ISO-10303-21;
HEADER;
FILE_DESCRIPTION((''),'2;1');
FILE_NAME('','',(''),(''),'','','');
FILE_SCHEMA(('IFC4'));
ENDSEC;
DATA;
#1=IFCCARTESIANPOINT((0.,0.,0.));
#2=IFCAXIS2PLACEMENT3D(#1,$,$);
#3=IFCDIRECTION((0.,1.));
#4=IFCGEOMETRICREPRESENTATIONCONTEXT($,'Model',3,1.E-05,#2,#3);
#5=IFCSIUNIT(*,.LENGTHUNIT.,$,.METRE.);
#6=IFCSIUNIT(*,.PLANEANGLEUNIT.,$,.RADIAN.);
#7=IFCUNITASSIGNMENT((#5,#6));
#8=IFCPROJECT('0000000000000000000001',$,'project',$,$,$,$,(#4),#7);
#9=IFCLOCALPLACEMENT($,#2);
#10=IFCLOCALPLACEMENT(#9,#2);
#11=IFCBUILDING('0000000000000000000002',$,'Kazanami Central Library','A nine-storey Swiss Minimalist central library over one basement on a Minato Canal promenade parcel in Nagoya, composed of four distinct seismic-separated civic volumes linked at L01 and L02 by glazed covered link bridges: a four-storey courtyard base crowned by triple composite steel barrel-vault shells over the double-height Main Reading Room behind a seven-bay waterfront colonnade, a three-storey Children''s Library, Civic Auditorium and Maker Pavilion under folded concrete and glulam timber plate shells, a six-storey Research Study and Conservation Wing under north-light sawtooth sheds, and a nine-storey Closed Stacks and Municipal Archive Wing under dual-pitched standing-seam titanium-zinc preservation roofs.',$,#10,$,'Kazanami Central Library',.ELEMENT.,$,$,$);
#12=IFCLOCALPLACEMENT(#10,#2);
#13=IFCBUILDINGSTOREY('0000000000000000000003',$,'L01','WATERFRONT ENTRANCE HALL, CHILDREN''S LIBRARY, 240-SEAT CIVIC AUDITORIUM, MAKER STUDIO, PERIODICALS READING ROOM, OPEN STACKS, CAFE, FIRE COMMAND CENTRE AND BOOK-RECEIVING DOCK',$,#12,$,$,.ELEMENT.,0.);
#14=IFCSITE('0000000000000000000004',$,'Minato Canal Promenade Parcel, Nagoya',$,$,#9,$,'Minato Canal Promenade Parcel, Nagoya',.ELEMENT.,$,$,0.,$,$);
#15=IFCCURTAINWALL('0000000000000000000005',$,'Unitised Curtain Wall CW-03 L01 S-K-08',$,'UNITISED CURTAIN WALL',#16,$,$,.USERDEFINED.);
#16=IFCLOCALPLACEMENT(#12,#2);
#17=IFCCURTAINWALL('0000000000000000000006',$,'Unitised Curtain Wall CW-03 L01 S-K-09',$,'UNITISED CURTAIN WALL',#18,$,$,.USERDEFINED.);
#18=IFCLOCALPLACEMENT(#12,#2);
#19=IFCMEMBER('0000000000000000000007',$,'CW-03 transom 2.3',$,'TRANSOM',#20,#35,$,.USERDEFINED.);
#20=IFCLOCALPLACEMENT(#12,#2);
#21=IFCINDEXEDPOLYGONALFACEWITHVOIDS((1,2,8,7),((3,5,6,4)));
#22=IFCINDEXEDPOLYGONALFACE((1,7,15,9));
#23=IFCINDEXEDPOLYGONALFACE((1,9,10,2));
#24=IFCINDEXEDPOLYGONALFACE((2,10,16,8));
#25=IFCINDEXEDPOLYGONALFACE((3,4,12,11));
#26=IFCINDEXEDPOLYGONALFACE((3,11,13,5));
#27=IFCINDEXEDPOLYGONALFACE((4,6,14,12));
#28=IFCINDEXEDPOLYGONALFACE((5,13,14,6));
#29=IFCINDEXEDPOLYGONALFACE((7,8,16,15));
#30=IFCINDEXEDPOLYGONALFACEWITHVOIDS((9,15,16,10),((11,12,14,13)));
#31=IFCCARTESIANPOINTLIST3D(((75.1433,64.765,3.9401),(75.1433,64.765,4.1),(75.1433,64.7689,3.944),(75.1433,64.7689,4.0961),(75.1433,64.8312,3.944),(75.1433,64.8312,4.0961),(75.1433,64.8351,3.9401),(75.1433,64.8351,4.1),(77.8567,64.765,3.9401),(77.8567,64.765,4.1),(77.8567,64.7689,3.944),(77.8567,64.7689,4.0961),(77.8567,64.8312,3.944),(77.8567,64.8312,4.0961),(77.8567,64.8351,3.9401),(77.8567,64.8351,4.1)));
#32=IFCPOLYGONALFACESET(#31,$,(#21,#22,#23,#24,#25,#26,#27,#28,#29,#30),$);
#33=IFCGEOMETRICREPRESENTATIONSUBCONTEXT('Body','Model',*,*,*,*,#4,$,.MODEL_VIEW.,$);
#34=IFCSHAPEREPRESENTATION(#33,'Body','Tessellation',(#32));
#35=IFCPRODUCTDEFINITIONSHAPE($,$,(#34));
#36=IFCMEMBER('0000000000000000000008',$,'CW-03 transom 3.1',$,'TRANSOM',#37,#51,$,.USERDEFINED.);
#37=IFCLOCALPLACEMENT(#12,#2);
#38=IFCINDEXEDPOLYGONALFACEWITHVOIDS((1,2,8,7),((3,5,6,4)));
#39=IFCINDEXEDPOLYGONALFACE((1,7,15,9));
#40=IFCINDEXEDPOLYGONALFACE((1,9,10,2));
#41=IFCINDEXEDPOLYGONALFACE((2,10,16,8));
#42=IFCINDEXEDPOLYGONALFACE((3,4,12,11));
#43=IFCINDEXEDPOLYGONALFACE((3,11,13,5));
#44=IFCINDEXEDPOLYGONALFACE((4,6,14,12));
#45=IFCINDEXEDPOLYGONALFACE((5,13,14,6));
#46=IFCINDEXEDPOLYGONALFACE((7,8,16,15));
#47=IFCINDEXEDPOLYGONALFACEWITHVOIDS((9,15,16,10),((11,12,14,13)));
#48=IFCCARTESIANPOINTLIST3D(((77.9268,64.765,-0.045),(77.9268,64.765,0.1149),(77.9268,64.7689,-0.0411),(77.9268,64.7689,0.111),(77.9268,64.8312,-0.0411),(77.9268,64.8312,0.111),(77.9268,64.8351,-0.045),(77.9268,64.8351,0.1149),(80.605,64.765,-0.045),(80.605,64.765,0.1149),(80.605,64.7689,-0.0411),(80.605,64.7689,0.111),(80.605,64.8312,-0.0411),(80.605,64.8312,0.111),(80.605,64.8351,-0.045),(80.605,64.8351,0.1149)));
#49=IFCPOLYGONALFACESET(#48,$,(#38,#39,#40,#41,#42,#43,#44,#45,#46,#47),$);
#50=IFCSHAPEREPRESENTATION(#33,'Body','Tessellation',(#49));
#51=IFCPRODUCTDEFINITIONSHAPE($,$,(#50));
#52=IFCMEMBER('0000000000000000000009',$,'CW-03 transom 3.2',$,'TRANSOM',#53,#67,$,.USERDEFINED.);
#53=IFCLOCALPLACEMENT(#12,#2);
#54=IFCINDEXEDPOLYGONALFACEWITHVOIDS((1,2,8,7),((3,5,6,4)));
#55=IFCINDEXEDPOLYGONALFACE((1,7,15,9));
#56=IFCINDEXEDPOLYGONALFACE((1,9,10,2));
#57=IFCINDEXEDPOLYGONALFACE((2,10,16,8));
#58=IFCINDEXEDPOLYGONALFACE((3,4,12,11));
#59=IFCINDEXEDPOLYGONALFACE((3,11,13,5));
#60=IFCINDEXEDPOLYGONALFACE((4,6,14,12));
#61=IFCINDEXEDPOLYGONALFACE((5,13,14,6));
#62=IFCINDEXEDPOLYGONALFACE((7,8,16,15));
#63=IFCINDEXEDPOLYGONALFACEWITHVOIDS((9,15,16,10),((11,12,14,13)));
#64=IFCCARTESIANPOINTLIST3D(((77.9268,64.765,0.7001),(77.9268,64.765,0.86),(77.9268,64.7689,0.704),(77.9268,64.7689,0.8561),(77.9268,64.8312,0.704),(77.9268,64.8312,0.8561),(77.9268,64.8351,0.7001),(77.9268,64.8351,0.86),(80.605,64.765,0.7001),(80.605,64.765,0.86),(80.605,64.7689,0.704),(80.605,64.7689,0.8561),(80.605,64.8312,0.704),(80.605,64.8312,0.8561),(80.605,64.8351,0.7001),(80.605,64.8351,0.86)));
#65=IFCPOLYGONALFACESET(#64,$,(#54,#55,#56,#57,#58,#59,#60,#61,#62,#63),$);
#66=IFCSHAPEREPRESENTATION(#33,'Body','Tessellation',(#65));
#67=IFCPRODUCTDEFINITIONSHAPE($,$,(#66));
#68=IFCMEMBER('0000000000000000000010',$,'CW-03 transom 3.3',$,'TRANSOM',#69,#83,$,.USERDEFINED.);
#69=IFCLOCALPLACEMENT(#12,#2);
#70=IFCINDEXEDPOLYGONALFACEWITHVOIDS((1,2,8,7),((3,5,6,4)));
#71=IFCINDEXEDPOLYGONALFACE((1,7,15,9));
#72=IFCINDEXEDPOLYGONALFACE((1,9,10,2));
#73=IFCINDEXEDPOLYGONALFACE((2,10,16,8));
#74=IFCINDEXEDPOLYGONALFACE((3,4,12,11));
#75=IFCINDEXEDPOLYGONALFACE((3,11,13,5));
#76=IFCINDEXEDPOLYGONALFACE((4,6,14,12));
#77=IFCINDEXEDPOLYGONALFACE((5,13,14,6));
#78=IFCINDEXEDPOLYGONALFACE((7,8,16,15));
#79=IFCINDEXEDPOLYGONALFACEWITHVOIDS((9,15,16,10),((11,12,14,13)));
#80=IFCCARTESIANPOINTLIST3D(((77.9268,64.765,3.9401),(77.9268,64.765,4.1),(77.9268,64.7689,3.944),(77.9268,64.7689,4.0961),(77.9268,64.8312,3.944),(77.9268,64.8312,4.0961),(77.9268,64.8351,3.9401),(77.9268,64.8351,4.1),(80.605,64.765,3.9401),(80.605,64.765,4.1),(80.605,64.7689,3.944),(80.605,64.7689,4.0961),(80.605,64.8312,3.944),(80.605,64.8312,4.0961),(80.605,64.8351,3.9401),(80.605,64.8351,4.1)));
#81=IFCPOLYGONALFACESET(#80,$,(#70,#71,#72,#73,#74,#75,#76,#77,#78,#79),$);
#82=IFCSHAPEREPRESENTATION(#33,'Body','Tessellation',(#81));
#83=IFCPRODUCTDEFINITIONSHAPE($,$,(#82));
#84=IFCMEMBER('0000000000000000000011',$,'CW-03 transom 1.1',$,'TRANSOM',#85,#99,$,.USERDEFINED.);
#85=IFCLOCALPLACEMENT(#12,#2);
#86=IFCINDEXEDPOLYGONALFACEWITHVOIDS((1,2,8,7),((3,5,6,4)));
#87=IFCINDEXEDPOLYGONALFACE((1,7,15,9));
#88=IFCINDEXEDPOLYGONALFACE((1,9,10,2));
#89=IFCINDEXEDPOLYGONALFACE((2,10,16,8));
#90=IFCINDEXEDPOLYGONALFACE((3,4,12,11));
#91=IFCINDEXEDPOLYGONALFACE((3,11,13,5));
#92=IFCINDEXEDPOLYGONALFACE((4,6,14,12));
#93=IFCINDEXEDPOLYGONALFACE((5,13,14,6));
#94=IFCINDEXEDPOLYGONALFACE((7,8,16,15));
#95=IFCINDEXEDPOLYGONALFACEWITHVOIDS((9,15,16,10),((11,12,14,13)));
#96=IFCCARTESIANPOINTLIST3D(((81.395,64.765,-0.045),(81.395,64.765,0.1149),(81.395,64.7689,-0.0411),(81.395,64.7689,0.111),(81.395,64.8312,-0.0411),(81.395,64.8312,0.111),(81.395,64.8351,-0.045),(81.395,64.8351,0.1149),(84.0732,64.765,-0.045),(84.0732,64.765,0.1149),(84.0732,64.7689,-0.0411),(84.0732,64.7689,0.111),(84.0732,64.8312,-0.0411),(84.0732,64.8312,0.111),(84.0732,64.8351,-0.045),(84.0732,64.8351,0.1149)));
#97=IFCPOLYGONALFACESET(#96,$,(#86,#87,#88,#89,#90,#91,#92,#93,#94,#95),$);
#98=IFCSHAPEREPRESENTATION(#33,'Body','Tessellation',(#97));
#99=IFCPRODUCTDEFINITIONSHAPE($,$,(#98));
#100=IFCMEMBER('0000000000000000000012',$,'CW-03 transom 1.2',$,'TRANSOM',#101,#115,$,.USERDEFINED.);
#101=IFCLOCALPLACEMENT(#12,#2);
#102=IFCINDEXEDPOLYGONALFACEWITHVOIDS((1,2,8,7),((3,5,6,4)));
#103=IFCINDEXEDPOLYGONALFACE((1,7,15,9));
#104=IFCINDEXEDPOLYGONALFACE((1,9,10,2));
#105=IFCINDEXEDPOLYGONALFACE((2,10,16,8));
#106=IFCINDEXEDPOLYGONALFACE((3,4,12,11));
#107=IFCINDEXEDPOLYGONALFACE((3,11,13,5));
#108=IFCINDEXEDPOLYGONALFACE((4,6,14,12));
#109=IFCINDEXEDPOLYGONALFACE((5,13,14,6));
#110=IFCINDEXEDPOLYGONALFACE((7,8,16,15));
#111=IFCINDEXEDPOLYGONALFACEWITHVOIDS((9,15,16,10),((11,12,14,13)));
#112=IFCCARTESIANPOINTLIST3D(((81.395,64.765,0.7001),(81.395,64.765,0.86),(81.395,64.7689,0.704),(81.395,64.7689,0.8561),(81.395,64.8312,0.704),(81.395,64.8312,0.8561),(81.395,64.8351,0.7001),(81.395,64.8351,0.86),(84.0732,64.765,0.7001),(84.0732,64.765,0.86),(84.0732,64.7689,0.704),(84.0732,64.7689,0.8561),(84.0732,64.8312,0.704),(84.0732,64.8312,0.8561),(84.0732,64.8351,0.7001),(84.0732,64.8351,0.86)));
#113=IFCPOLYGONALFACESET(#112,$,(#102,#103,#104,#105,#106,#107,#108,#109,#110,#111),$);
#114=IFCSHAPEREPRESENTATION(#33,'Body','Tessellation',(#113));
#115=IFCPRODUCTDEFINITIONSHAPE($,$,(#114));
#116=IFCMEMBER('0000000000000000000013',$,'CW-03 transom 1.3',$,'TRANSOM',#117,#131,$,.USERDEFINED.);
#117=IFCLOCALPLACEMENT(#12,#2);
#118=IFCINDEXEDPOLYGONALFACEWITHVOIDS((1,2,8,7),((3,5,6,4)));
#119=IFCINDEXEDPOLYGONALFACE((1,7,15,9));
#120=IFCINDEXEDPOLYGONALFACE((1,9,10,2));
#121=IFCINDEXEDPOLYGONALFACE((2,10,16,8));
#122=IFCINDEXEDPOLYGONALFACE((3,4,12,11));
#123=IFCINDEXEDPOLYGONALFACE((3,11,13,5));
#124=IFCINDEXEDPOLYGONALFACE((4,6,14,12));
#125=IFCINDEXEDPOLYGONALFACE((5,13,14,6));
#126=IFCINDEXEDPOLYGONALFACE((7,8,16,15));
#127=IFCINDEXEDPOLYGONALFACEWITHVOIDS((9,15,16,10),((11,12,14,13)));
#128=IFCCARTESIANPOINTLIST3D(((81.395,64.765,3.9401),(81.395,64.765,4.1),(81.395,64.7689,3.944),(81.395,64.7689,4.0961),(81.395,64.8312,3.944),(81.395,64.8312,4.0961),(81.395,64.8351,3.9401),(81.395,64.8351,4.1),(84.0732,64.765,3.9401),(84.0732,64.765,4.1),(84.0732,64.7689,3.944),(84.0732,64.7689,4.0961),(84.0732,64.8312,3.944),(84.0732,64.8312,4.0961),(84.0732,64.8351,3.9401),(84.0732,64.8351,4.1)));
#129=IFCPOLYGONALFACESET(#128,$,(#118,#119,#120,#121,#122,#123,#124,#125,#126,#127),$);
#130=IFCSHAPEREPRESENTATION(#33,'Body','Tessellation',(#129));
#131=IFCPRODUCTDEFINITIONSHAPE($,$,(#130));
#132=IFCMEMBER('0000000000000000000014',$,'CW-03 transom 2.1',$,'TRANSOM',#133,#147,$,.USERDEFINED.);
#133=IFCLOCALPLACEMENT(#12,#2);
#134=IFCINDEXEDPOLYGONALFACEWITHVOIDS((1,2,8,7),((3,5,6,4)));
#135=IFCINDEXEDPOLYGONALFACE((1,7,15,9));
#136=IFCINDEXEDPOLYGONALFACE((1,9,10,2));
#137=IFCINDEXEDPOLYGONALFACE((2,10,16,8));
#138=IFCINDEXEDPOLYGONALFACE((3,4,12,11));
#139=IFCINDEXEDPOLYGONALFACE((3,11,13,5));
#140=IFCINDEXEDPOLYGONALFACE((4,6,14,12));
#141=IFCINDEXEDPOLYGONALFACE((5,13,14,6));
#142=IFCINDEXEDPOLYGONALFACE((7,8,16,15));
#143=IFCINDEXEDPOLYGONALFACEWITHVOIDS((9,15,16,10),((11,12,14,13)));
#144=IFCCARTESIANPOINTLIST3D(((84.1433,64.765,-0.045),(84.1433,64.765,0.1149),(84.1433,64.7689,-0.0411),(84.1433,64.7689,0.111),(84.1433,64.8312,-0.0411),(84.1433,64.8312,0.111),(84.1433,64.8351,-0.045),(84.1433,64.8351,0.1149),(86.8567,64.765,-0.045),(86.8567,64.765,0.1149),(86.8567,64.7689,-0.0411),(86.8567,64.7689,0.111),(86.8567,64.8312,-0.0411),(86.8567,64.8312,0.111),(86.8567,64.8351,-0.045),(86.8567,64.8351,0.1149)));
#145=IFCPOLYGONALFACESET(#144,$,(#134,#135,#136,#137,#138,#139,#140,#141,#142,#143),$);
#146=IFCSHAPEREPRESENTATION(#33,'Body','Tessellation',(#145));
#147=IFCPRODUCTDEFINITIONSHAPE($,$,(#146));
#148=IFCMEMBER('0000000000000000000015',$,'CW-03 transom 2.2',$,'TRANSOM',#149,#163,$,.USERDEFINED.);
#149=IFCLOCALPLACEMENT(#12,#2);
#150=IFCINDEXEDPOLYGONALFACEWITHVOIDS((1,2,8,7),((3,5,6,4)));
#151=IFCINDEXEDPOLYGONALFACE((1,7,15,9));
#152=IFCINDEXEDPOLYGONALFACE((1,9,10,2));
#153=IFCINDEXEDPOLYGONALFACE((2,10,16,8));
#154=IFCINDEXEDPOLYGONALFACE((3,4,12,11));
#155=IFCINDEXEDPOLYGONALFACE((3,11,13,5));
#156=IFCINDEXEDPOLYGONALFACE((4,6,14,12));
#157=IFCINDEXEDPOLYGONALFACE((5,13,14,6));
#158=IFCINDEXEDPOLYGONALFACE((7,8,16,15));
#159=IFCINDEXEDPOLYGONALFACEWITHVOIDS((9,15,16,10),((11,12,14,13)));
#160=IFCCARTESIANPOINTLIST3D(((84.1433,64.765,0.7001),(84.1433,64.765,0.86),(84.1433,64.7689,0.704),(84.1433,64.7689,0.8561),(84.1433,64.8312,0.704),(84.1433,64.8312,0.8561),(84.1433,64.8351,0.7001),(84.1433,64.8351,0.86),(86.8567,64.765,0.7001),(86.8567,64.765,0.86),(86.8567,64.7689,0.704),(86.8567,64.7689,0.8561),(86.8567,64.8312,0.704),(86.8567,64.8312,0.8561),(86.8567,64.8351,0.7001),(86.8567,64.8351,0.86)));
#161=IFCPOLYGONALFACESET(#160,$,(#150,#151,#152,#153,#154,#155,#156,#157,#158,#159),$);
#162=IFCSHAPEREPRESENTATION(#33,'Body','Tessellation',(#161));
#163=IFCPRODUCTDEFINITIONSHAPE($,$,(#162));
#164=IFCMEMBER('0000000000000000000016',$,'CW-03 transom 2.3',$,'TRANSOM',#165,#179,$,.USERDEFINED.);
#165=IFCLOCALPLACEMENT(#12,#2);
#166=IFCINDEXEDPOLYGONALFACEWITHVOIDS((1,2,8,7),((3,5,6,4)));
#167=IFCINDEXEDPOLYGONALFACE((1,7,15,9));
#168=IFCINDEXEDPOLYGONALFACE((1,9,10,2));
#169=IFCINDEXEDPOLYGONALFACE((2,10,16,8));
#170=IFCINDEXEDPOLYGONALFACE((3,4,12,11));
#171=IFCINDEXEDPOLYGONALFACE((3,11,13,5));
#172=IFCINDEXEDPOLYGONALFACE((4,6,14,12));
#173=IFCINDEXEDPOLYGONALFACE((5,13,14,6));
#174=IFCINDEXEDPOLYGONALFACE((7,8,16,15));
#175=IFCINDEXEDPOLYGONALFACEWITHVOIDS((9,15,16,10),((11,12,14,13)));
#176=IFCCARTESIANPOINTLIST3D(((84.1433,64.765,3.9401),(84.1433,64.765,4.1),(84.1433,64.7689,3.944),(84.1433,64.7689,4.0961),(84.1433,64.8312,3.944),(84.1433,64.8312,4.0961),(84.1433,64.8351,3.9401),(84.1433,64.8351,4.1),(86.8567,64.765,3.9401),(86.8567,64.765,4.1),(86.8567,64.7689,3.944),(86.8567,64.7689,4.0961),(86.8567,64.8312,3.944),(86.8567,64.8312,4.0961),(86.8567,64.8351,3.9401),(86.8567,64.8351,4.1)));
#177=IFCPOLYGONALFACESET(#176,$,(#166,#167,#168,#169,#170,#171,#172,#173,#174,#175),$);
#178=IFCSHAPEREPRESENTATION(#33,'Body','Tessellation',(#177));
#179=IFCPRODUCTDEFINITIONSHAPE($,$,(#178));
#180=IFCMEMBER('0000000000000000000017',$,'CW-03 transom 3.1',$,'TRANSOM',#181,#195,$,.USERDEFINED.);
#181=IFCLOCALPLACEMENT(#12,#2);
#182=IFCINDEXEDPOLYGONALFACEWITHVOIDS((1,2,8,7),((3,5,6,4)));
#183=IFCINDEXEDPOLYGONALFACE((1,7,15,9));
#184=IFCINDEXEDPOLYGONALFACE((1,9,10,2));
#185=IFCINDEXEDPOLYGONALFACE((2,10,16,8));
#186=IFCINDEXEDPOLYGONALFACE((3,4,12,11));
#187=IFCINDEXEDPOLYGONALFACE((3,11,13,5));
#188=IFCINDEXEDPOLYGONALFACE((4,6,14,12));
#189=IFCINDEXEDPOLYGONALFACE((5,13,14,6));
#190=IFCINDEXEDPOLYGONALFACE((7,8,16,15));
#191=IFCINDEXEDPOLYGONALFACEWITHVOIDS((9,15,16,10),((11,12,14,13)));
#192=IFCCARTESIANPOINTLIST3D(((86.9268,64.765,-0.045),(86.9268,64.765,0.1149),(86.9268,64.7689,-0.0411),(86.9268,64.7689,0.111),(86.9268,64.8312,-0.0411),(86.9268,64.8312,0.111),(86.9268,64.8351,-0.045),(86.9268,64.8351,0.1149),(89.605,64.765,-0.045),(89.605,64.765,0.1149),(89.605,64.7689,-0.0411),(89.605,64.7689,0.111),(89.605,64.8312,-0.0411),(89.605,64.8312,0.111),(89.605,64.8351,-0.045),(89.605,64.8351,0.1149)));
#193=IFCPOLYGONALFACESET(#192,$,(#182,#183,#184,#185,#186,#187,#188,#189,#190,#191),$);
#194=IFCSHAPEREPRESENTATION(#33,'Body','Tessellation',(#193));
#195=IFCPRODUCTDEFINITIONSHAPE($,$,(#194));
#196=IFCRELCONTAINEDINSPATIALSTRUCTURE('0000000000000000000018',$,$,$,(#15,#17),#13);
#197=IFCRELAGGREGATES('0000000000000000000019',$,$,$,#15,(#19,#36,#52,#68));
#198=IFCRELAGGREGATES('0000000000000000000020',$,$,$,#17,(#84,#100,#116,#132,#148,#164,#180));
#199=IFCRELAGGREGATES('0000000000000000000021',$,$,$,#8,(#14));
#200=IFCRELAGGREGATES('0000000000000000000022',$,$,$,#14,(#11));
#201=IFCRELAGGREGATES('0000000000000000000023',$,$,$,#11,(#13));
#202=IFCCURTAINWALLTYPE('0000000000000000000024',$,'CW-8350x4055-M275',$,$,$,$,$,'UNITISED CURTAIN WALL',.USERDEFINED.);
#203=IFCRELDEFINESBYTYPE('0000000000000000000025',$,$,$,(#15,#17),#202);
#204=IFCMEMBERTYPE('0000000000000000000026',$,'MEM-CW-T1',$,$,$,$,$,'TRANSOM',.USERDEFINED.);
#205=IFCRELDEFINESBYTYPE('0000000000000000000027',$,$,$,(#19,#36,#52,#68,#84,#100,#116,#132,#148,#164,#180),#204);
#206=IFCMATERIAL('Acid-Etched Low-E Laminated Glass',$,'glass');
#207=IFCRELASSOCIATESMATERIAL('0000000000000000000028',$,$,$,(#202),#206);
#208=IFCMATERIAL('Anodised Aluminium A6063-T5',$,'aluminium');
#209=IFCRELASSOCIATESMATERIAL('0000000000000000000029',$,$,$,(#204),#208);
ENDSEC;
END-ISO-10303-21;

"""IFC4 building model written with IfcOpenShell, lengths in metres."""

from ifc_helpers import new_model, si_unit, direction, frame, origin, origin_2d, place, context, subcontext, project, spatial, hollow_rectangle, extrude, material, material_profile, profile_set, type_object, element, aggregate, save


model = new_model("IFC4")

# Units and contexts
model_context = context("Model", 3, precision=1e-05, world=origin(), true_north=direction((0.0, 1.0)))
body_context = subcontext(model_context, "Body", "Model", "MODEL_VIEW")
ifc_project = project(units=[si_unit("LENGTHUNIT", "METRE"), si_unit("PLANEANGLEUNIT", "RADIAN")], contexts=[model_context])

# Site, building, storey
site_placement = place(None, origin())
site = spatial("IfcSite", under=ifc_project, at=site_placement, Name="Minato Canal Promenade Parcel, Nagoya", LongName="Minato Canal Promenade Parcel, Nagoya", CompositionType="ELEMENT", RefElevation=0.0)
building_placement = place(site_placement, origin())
building = spatial("IfcBuilding", under=site, at=building_placement, Name="Kazanami Central Library", Description="A nine-storey Swiss Minimalist central library over one basement on a Minato Canal promenade parcel in Nagoya, composed of four distinct seismic-separated civic volumes linked at L01 and L02 by glazed covered link bridges: a four-storey courtyard base crowned by triple composite steel barrel-vault shells over the double-height Main Reading Room behind a seven-bay waterfront colonnade, a three-storey Children's Library, Civic Auditorium and Maker Pavilion under folded concrete and glulam timber plate shells, a six-storey Research Study and Conservation Wing under north-light sawtooth sheds, and a nine-storey Closed Stacks and Municipal Archive Wing under dual-pitched standing-seam titanium-zinc preservation roofs.", LongName="Kazanami Central Library", CompositionType="ELEMENT")
storey_placement = place(building_placement, origin())
storey = spatial("IfcBuildingStorey", under=building, at=storey_placement, Name="L01", Description="WATERFRONT ENTRANCE HALL, CHILDREN'S LIBRARY, 240-SEAT CIVIC AUDITORIUM, MAKER STUDIO, PERIODICALS READING ROOM, OPEN STACKS, CAFE, FIRE COMMAND CENTRE AND BOOK-RECEIVING DOCK", CompositionType="ELEMENT", Elevation=0.0)

# Curtain walls
ifc_material_1 = material(Name="Acid-Etched Low-E Laminated Glass", Category="glass")
curtain_wall_type = type_object("IfcCurtainWallType", Name="CW-8350x4055-M275", ElementType="UNITISED CURTAIN WALL", PredefinedType="USERDEFINED", material=ifc_material_1)
curtain_wall_1_placement = place(storey_placement, origin())
curtain_wall_1 = element("IfcCurtainWall", 1, at=curtain_wall_1_placement, inside=storey, type_object=curtain_wall_type, Name="Unitised Curtain Wall CW-03 L01 S-K-08", ObjectType="UNITISED CURTAIN WALL", PredefinedType="USERDEFINED")
ifc_material_2 = material(Name="Anodised Aluminium A6063-T5", Category="aluminium")
curtain_wall_2_placement = place(storey_placement, origin())
curtain_wall_2 = element("IfcCurtainWall", 2, at=curtain_wall_2_placement, inside=storey, type_object=curtain_wall_type, Name="Unitised Curtain Wall CW-03 L01 S-K-09", ObjectType="UNITISED CURTAIN WALL", PredefinedType="USERDEFINED")

# Members
ifc_material_profile_1 = material_profile(ifc_material_2, hollow_rectangle(XDim=0.0701, YDim=0.1599, WallThickness=0.0039, at=origin_2d()), Name="ALU-TRAN-70x160x4")
ifc_profile_set_1 = profile_set([ifc_material_profile_1], Name="Anodised Aluminium A6063-T5")
member_type_1 = type_object("IfcMemberType", Name="MEM-CW-T1", ElementType="TRANSOM", PredefinedType="USERDEFINED", material=ifc_profile_set_1)
member_1_placement = place(storey_placement, frame((75.1433, 64.8, 4.02), z_axis=(1.0, 0.0, 0.0), x_axis=(0.0, 1.0, 0.0)))
member_1 = element("IfcMember", 3, at=member_1_placement, type_object=member_type_1, Name="CW-03 transom 2.3", ObjectType="TRANSOM", PredefinedType="USERDEFINED", context=body_context, shape_type="SweptSolid", body=[
    extrude(hollow_rectangle(XDim=0.0701, YDim=0.1599, WallThickness=0.0039, at=origin_2d()), origin(), (0.0, 0.0, 1.0), 2.7134),
])
member_2_placement = place(storey_placement, frame((77.9268, 64.8, 0.0349), z_axis=(1.0, 0.0, 0.0), x_axis=(0.0, 1.0, 0.0)))
member_2 = element("IfcMember", 4, at=member_2_placement, type_object=member_type_1, Name="CW-03 transom 3.1", ObjectType="TRANSOM", PredefinedType="USERDEFINED", context=body_context, shape_type="SweptSolid", body=[
    extrude(hollow_rectangle(XDim=0.0701, YDim=0.1599, WallThickness=0.0039, at=origin_2d()), origin(), (0.0, 0.0, 1.0), 2.6782),
])
member_3_placement = place(storey_placement, frame((77.9268, 64.8, 0.78), z_axis=(1.0, 0.0, 0.0), x_axis=(0.0, 1.0, 0.0)))
member_3 = element("IfcMember", 5, at=member_3_placement, type_object=member_type_1, Name="CW-03 transom 3.2", ObjectType="TRANSOM", PredefinedType="USERDEFINED", context=body_context, shape_type="SweptSolid", body=[
    extrude(hollow_rectangle(XDim=0.0701, YDim=0.1599, WallThickness=0.0039, at=origin_2d()), origin(), (0.0, 0.0, 1.0), 2.6782),
])
member_4_placement = place(storey_placement, frame((77.9268, 64.8, 4.02), z_axis=(1.0, 0.0, 0.0), x_axis=(0.0, 1.0, 0.0)))
member_4 = element("IfcMember", 6, at=member_4_placement, type_object=member_type_1, Name="CW-03 transom 3.3", ObjectType="TRANSOM", PredefinedType="USERDEFINED", context=body_context, shape_type="SweptSolid", body=[
    extrude(hollow_rectangle(XDim=0.0701, YDim=0.1599, WallThickness=0.0039, at=origin_2d()), origin(), (0.0, 0.0, 1.0), 2.6782),
])
member_5_placement = place(storey_placement, frame((81.395, 64.8, 0.0349), z_axis=(1.0, 0.0, 0.0), x_axis=(0.0, 1.0, 0.0)))
member_5 = element("IfcMember", 7, at=member_5_placement, type_object=member_type_1, Name="CW-03 transom 1.1", ObjectType="TRANSOM", PredefinedType="USERDEFINED", context=body_context, shape_type="SweptSolid", body=[
    extrude(hollow_rectangle(XDim=0.0701, YDim=0.1599, WallThickness=0.0039, at=origin_2d()), origin(), (0.0, 0.0, 1.0), 2.6782),
])
member_6_placement = place(storey_placement, frame((81.395, 64.8, 0.78), z_axis=(1.0, 0.0, 0.0), x_axis=(0.0, 1.0, 0.0)))
member_6 = element("IfcMember", 8, at=member_6_placement, type_object=member_type_1, Name="CW-03 transom 1.2", ObjectType="TRANSOM", PredefinedType="USERDEFINED", context=body_context, shape_type="SweptSolid", body=[
    extrude(hollow_rectangle(XDim=0.0701, YDim=0.1599, WallThickness=0.0039, at=origin_2d()), origin(), (0.0, 0.0, 1.0), 2.6782),
])
member_7_placement = place(storey_placement, frame((81.395, 64.8, 4.02), z_axis=(1.0, 0.0, 0.0), x_axis=(0.0, 1.0, 0.0)))
member_7 = element("IfcMember", 9, at=member_7_placement, type_object=member_type_1, Name="CW-03 transom 1.3", ObjectType="TRANSOM", PredefinedType="USERDEFINED", context=body_context, shape_type="SweptSolid", body=[
    extrude(hollow_rectangle(XDim=0.0701, YDim=0.1599, WallThickness=0.0039, at=origin_2d()), origin(), (0.0, 0.0, 1.0), 2.6782),
])
member_8_placement = place(storey_placement, frame((84.1433, 64.8, 0.0349), z_axis=(1.0, 0.0, 0.0), x_axis=(0.0, 1.0, 0.0)))
member_8 = element("IfcMember", 10, at=member_8_placement, type_object=member_type_1, Name="CW-03 transom 2.1", ObjectType="TRANSOM", PredefinedType="USERDEFINED", context=body_context, shape_type="SweptSolid", body=[
    extrude(hollow_rectangle(XDim=0.0701, YDim=0.1599, WallThickness=0.0039, at=origin_2d()), origin(), (0.0, 0.0, 1.0), 2.7134),
])
member_9_placement = place(storey_placement, frame((84.1433, 64.8, 0.78), z_axis=(1.0, 0.0, 0.0), x_axis=(0.0, 1.0, 0.0)))
member_9 = element("IfcMember", 11, at=member_9_placement, type_object=member_type_1, Name="CW-03 transom 2.2", ObjectType="TRANSOM", PredefinedType="USERDEFINED", context=body_context, shape_type="SweptSolid", body=[
    extrude(hollow_rectangle(XDim=0.0701, YDim=0.1599, WallThickness=0.0039, at=origin_2d()), origin(), (0.0, 0.0, 1.0), 2.7134),
])
member_10_placement = place(storey_placement, frame((84.1433, 64.8, 4.02), z_axis=(1.0, 0.0, 0.0), x_axis=(0.0, 1.0, 0.0)))
member_10 = element("IfcMember", 12, at=member_10_placement, type_object=member_type_1, Name="CW-03 transom 2.3", ObjectType="TRANSOM", PredefinedType="USERDEFINED", context=body_context, shape_type="SweptSolid", body=[
    extrude(hollow_rectangle(XDim=0.0701, YDim=0.1599, WallThickness=0.0039, at=origin_2d()), origin(), (0.0, 0.0, 1.0), 2.7134),
])
member_11_placement = place(storey_placement, frame((86.9268, 64.8, 0.0349), z_axis=(1.0, 0.0, 0.0), x_axis=(0.0, 1.0, 0.0)))
member_11 = element("IfcMember", 13, at=member_11_placement, type_object=member_type_1, Name="CW-03 transom 3.1", ObjectType="TRANSOM", PredefinedType="USERDEFINED", context=body_context, shape_type="SweptSolid", body=[
    extrude(hollow_rectangle(XDim=0.0701, YDim=0.1599, WallThickness=0.0039, at=origin_2d()), origin(), (0.0, 0.0, 1.0), 2.6782),
])

aggregate(curtain_wall_1, [member_1, member_2, member_3, member_4])
aggregate(curtain_wall_2, [member_5, member_6, member_7, member_8, member_9, member_10, member_11])

save(model, "model.ifc")
